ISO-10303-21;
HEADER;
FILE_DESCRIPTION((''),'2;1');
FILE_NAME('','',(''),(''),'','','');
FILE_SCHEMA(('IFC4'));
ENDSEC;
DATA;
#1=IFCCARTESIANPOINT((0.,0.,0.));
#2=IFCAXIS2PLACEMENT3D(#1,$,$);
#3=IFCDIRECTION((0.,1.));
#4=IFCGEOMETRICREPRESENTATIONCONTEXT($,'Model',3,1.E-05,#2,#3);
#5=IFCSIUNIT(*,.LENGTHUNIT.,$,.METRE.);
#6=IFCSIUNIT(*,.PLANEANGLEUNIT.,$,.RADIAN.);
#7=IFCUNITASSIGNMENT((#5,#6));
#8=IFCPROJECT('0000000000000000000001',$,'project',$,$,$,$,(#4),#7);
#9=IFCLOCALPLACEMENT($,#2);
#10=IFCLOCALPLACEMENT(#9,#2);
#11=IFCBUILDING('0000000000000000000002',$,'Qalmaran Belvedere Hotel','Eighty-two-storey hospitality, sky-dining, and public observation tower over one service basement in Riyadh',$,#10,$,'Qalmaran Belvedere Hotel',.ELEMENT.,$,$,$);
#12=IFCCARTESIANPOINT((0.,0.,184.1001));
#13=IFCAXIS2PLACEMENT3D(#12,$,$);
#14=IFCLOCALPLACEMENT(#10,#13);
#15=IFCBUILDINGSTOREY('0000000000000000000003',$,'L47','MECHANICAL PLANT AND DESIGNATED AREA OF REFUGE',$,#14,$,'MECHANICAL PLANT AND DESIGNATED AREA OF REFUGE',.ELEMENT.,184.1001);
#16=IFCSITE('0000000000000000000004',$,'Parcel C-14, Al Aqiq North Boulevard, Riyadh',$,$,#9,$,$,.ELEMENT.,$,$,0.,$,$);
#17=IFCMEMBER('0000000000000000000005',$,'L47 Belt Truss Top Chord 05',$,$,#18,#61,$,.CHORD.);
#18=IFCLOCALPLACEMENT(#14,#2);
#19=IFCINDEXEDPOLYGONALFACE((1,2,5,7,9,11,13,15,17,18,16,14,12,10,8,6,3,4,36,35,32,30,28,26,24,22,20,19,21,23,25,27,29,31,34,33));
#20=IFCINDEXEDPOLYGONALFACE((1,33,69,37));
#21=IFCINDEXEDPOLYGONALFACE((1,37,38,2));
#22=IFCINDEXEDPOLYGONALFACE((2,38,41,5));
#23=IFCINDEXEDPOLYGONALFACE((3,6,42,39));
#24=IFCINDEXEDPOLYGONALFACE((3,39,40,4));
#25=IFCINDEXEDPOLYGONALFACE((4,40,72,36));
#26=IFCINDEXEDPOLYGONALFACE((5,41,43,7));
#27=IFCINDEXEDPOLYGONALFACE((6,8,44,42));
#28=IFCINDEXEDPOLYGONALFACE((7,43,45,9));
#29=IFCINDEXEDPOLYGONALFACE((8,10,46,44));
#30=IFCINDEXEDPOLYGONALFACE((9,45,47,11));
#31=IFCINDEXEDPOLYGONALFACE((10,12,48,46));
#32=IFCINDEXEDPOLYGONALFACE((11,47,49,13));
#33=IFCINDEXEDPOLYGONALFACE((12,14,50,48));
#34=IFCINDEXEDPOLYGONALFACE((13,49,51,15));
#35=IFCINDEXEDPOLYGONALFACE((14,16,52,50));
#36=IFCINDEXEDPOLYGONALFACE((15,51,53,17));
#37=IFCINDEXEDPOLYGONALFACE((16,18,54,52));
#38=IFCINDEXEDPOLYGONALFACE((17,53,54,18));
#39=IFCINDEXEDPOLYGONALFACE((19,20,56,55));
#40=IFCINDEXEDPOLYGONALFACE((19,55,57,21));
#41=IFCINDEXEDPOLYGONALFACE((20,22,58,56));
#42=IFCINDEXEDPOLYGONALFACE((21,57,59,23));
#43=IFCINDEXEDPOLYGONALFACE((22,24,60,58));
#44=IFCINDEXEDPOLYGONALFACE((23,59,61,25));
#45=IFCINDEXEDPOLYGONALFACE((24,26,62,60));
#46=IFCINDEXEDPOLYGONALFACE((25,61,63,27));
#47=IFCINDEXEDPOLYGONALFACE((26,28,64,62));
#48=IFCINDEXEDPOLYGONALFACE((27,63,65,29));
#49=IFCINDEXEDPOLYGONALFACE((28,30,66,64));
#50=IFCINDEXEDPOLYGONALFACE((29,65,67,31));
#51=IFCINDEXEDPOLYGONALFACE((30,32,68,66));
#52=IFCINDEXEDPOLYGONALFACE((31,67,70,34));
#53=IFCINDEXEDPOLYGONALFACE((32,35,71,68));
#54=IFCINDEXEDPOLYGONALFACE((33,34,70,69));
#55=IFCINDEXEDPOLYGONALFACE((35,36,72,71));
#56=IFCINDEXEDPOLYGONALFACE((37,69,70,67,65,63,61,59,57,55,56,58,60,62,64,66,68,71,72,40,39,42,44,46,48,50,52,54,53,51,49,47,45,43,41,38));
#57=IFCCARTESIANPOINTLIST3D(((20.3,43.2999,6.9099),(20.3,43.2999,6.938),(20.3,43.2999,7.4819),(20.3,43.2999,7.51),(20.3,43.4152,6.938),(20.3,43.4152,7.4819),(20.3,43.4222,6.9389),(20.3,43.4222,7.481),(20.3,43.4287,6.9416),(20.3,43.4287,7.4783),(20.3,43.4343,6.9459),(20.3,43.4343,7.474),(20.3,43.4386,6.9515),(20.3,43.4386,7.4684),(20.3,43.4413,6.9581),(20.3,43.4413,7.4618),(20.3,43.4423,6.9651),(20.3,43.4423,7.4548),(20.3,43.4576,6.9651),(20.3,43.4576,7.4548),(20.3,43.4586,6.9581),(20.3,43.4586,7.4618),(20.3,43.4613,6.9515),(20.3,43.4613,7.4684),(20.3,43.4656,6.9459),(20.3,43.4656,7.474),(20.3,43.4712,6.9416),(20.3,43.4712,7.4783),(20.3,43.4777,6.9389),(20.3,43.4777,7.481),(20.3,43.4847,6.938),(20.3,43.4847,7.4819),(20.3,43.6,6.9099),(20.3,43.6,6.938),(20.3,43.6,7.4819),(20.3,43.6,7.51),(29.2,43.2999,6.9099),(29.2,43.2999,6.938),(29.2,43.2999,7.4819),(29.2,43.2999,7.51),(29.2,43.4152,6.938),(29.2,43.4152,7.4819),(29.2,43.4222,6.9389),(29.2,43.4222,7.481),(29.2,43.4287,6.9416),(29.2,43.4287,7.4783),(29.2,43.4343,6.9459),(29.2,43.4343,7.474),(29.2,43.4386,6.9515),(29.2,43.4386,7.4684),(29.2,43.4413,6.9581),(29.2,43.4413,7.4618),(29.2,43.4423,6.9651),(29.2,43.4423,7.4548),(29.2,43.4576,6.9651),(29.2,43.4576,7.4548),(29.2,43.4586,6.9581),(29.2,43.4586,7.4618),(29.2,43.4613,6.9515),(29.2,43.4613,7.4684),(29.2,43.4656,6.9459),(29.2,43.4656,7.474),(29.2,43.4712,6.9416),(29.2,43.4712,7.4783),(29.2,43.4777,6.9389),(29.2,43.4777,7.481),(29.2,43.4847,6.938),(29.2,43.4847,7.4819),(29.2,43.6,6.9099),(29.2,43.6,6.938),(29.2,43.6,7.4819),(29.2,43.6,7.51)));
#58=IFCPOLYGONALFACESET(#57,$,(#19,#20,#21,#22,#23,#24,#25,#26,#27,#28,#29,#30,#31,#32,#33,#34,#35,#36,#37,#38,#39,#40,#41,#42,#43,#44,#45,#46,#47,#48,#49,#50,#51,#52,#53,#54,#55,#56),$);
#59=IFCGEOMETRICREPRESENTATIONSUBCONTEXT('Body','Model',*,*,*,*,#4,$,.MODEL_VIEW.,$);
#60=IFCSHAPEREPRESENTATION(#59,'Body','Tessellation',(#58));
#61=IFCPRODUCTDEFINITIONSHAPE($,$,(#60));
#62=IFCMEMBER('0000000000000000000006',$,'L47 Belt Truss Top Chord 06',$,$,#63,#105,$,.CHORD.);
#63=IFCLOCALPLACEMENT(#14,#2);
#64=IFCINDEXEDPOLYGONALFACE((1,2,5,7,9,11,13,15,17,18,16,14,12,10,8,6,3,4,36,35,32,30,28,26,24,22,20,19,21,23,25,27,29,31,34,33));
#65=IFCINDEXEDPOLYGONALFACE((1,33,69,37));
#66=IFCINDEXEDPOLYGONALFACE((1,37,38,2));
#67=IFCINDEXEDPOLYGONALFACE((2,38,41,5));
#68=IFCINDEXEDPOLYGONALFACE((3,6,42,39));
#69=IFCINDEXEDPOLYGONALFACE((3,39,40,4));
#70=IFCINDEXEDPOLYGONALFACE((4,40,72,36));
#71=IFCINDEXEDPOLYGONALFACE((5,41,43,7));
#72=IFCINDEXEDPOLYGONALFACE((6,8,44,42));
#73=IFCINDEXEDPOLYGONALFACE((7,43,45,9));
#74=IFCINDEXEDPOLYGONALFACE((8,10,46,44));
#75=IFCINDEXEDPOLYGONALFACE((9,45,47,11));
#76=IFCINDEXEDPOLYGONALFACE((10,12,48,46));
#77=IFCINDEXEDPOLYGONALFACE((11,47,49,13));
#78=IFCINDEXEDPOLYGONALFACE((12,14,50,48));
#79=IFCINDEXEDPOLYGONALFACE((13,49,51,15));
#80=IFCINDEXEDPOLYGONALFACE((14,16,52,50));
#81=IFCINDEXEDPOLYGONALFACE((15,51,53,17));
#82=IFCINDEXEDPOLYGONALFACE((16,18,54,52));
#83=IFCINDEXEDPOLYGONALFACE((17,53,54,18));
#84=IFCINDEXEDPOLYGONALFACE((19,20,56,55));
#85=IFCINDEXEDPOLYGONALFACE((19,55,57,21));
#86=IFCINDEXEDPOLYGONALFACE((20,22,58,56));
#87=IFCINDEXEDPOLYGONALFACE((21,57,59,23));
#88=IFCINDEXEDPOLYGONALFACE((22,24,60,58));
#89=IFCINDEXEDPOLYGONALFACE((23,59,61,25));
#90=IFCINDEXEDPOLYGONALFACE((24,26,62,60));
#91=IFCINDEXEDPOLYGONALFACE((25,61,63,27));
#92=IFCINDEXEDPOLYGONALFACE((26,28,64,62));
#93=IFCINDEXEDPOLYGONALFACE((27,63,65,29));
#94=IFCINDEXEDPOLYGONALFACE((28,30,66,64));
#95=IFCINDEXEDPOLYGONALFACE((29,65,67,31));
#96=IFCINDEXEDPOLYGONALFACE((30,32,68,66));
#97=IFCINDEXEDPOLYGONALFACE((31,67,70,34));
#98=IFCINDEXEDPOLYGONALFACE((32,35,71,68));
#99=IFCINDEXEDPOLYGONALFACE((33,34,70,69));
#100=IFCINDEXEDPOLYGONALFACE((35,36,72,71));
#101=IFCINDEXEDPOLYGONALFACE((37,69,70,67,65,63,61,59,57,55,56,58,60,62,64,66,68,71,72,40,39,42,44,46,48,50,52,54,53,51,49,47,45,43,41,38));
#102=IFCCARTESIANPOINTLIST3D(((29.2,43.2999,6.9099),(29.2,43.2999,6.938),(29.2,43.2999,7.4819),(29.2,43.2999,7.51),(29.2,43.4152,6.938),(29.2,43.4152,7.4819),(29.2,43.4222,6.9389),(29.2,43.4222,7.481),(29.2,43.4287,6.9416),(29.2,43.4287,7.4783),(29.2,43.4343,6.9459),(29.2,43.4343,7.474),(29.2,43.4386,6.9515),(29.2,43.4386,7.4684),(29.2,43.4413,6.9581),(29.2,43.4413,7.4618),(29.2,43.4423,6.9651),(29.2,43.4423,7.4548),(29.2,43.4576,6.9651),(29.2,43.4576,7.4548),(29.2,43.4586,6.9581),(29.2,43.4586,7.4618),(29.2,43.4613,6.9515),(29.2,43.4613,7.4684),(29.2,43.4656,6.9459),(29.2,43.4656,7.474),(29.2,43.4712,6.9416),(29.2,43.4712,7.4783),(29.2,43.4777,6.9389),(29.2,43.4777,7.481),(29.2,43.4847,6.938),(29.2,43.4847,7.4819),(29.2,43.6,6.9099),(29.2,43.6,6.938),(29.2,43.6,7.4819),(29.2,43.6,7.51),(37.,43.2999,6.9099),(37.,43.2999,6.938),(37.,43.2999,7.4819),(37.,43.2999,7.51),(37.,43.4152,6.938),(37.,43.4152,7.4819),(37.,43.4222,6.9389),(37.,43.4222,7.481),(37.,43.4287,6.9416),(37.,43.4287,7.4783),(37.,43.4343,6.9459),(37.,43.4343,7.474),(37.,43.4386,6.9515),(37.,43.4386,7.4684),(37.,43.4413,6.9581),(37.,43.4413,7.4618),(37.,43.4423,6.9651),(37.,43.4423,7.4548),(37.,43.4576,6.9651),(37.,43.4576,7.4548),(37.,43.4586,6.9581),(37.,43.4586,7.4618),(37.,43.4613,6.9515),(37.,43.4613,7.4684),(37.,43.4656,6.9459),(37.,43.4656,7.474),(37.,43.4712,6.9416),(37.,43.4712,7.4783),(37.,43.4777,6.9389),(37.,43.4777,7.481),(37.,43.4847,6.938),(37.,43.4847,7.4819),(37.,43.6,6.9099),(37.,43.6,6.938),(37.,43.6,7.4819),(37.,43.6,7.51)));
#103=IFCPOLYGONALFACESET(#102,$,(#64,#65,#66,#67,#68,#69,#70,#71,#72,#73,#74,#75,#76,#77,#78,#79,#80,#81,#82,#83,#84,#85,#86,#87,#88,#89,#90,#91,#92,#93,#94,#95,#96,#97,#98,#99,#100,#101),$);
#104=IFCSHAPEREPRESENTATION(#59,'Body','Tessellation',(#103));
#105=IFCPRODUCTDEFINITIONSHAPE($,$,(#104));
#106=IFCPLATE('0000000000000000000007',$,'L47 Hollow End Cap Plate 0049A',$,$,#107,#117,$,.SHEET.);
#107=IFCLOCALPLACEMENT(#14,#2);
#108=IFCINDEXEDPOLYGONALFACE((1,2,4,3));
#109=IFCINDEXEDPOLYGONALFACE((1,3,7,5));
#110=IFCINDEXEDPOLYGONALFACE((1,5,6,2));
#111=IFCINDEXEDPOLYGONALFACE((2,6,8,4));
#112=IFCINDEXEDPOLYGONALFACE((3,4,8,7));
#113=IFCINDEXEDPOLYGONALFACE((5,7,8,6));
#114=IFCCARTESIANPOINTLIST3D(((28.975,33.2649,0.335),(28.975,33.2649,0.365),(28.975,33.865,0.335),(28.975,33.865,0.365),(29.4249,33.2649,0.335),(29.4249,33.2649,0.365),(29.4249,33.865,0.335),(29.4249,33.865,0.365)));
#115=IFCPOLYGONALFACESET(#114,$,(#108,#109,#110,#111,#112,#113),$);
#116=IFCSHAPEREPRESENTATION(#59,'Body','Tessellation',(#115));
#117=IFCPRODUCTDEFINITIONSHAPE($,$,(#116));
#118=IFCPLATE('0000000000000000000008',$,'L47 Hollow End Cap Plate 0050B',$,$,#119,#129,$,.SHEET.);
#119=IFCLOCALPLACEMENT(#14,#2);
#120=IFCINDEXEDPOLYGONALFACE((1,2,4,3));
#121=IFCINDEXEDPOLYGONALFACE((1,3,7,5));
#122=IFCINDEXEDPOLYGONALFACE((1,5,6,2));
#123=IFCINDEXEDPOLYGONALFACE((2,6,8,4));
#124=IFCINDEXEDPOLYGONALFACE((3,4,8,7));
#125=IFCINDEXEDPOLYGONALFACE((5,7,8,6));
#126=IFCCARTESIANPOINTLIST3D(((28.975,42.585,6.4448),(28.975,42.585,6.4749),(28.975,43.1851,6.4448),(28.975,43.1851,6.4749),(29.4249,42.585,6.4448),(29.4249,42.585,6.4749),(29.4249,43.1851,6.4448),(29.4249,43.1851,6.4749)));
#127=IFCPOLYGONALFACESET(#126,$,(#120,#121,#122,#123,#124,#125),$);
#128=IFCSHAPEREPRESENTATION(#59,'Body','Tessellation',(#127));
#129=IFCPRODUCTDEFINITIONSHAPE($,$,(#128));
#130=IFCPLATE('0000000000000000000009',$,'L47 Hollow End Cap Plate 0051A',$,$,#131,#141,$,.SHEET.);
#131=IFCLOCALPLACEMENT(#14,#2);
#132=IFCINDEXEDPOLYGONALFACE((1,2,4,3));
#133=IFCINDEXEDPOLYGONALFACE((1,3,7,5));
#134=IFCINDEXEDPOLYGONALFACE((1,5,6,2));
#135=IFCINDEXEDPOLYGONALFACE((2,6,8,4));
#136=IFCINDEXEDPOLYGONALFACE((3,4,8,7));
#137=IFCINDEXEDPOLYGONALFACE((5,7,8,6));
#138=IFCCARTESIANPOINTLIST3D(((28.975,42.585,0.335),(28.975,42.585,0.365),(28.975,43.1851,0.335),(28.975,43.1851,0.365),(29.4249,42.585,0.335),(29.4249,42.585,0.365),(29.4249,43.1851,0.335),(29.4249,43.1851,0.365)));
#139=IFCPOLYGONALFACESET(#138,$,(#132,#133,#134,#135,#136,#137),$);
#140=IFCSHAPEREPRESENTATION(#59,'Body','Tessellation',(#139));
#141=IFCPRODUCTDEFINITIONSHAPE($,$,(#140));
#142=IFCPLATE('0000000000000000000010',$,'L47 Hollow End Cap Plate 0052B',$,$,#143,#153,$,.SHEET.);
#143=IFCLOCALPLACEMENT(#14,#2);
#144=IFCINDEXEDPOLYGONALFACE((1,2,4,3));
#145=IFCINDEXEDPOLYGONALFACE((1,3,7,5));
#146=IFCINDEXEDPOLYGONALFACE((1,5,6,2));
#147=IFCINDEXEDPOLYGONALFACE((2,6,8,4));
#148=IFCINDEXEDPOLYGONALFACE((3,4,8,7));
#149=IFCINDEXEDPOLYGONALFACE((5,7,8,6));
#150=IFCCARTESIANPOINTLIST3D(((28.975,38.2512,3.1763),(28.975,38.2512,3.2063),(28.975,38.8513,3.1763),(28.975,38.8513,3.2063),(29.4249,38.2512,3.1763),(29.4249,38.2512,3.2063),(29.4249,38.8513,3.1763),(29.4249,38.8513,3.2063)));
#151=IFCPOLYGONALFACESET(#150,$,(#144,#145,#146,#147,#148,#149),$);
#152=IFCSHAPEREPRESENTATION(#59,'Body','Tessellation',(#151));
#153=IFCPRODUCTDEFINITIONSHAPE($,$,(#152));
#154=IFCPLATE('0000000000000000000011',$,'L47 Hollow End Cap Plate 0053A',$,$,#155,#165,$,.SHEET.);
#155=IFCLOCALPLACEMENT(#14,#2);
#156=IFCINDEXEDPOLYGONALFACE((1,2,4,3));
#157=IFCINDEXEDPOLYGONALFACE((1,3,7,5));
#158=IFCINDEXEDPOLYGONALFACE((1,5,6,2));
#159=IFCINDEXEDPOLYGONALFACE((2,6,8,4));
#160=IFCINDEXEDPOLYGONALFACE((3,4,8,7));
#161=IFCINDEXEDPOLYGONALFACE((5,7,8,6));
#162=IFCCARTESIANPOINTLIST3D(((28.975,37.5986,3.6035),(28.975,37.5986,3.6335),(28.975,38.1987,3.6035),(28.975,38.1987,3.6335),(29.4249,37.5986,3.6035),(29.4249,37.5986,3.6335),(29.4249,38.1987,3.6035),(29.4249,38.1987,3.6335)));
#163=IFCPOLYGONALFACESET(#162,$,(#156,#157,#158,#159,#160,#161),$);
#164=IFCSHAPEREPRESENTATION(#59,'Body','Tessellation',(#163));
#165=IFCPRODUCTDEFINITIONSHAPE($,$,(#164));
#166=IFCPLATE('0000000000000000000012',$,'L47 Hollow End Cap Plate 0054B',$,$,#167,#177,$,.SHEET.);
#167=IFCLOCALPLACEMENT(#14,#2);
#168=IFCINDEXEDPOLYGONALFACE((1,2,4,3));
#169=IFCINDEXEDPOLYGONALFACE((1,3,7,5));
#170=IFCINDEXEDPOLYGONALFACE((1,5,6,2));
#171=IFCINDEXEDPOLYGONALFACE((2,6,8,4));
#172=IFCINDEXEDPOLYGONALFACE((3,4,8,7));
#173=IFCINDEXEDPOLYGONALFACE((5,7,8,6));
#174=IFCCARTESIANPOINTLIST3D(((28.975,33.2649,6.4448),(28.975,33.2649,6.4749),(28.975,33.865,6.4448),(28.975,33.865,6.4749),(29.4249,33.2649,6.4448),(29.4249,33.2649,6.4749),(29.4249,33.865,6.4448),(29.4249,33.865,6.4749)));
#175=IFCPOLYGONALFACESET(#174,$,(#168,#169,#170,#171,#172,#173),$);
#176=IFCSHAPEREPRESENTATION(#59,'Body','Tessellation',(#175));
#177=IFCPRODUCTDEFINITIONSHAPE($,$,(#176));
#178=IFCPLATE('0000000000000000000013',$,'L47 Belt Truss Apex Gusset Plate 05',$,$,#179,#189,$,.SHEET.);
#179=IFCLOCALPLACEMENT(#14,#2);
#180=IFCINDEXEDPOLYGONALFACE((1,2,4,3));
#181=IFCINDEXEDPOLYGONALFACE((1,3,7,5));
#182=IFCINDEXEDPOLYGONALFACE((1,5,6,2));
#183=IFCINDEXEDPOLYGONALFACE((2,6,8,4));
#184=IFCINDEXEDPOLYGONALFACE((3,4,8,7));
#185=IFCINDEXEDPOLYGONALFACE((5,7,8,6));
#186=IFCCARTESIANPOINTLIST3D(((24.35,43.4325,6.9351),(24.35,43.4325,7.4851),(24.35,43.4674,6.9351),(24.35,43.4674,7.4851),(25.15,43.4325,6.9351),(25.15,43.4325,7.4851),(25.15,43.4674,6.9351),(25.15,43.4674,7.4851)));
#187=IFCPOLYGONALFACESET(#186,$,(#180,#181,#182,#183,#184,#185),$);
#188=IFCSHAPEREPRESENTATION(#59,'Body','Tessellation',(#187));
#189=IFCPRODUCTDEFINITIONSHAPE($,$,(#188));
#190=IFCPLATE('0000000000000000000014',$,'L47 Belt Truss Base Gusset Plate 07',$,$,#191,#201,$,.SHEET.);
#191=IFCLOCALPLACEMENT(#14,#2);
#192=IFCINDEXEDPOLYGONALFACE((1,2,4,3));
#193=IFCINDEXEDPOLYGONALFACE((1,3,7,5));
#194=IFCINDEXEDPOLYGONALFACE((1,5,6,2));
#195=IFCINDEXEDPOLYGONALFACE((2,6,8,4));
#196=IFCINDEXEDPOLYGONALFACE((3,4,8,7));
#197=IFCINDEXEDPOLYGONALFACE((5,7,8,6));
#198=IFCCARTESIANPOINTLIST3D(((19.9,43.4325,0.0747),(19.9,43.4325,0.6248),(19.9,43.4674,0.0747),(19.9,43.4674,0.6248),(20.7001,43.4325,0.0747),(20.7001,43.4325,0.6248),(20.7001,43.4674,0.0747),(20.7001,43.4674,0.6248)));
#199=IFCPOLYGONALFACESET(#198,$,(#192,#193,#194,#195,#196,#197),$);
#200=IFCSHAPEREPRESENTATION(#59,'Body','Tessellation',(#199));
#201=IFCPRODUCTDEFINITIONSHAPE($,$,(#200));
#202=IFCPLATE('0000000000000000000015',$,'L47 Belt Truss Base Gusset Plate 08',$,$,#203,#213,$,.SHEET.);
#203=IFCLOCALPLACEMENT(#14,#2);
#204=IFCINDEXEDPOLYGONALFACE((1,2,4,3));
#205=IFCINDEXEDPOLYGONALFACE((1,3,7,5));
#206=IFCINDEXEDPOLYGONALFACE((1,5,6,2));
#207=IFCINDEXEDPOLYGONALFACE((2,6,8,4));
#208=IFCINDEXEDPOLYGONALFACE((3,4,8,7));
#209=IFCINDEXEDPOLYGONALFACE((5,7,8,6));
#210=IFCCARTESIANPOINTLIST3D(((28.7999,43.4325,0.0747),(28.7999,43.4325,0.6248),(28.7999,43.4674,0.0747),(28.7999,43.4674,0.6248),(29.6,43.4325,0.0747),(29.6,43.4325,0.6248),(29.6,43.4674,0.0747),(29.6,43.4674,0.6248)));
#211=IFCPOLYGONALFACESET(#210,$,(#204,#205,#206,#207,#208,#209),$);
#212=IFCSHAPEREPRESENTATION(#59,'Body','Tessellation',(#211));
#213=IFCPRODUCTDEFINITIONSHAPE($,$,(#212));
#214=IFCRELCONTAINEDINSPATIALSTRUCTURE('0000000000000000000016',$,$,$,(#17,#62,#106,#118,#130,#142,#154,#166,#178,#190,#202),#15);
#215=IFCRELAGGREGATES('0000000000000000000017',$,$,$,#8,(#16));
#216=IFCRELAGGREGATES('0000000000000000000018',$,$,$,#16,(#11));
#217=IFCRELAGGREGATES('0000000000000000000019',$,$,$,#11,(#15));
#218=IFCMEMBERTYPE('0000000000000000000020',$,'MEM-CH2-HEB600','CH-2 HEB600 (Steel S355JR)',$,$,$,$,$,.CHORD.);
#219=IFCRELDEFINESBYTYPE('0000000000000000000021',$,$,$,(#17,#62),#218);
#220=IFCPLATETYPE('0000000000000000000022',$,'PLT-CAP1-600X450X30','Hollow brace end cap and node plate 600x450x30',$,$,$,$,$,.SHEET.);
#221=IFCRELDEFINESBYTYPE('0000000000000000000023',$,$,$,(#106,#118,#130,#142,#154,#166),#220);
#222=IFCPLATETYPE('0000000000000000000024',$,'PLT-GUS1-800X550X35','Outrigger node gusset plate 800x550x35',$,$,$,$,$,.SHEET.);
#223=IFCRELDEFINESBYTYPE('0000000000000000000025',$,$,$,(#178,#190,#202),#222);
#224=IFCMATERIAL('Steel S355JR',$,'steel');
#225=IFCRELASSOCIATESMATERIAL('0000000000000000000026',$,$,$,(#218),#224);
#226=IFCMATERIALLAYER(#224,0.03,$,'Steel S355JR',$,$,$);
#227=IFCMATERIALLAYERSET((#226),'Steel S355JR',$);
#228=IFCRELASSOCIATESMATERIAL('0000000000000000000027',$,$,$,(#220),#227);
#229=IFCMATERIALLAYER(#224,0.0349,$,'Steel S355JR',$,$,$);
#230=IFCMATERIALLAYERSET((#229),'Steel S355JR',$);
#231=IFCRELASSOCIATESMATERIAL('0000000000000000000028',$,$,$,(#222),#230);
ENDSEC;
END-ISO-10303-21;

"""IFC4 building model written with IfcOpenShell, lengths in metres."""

from ifc_helpers import new_model, si_unit, direction, frame, origin, origin_2d, place, context, subcontext, project, spatial, rectangle, i_section, extrude, material, layer, layer_set, material_profile, profile_set, type_object, element, save


model = new_model("IFC4")

# Units and contexts
model_context = context("Model", 3, precision=1e-05, world=origin(), true_north=direction((0.0, 1.0)))
body_context = subcontext(model_context, "Body", "Model", "MODEL_VIEW")
ifc_project = project(units=[si_unit("LENGTHUNIT", "METRE"), si_unit("PLANEANGLEUNIT", "RADIAN")], contexts=[model_context])

# Site, building, storey
site_placement = place(None, origin())
site = spatial("IfcSite", under=ifc_project, at=site_placement, Name="Parcel C-14, Al Aqiq North Boulevard, Riyadh", CompositionType="ELEMENT", RefElevation=0.0)
building_placement = place(site_placement, origin())
building = spatial("IfcBuilding", under=site, at=building_placement, Name="Qalmaran Belvedere Hotel", Description="Eighty-two-storey hospitality, sky-dining, and public observation tower over one service basement in Riyadh", LongName="Qalmaran Belvedere Hotel", CompositionType="ELEMENT")
storey_placement = place(building_placement, frame((0.0, 0.0, 184.1001)))
storey = spatial("IfcBuildingStorey", under=building, at=storey_placement, Name="L47", Description="MECHANICAL PLANT AND DESIGNATED AREA OF REFUGE", LongName="MECHANICAL PLANT AND DESIGNATED AREA OF REFUGE", CompositionType="ELEMENT", Elevation=184.1001)

# Shared definitions
ifc_material_1 = material(Name="Steel S355JR", Category="steel")

# Members
ifc_material_profile_1 = material_profile(ifc_material_1, i_section(OverallWidth=0.3, OverallDepth=0.6001, WebThickness=0.0154, FlangeThickness=0.0281, FilletRadius=0.0271, at=origin_2d()), Name="HEB600")
ifc_profile_set_1 = profile_set([ifc_material_profile_1], Name="Steel S355JR")
member_type_1 = type_object("IfcMemberType", Name="MEM-CH2-HEB600", Description="CH-2 HEB600 (Steel S355JR)", PredefinedType="CHORD", material=ifc_profile_set_1)
member_1_placement = place(storey_placement, frame((20.3, 43.45, 7.21), z_axis=(1.0, 0.0, 0.0), x_axis=(0.0, 1.0, 0.0)))
element("IfcMember", 1, at=member_1_placement, inside=storey, type_object=member_type_1, Name="L47 Belt Truss Top Chord 05", PredefinedType="CHORD", context=body_context, shape_type="SweptSolid", body=[
    extrude(i_section(OverallWidth=0.3, OverallDepth=0.6001, WebThickness=0.0154, FlangeThickness=0.0281, FilletRadius=0.0271, at=origin_2d()), origin(), (0.0, 0.0, 1.0), 8.8999),
])
member_2_placement = place(storey_placement, frame((29.2, 43.45, 7.21), z_axis=(1.0, 0.0, 0.0), x_axis=(0.0, 1.0, 0.0)))
element("IfcMember", 2, at=member_2_placement, inside=storey, type_object=member_type_1, Name="L47 Belt Truss Top Chord 06", PredefinedType="CHORD", context=body_context, shape_type="SweptSolid", body=[
    extrude(i_section(OverallWidth=0.3, OverallDepth=0.6001, WebThickness=0.0154, FlangeThickness=0.0281, FilletRadius=0.0271, at=origin_2d()), origin(), (0.0, 0.0, 1.0), 7.8),
])

# Plates
ifc_layer_1 = layer(ifc_material_1, 0.03, Name="Steel S355JR")
ifc_layer_set_1 = layer_set([ifc_layer_1], Name="Steel S355JR")
plate_type_1 = type_object("IfcPlateType", Name="PLT-CAP1-600X450X30", Description="Hollow brace end cap and node plate 600x450x30", PredefinedType="SHEET", material=ifc_layer_set_1)
for number, where, z_axis, x_axis, name in (
    (3, (29.2, 33.5649, 0.335), (0.0, 0.0, 1.0), (0.0, 1.0, 0.0), "L47 Hollow End Cap Plate 0049A"),
    (4, (29.2, 42.885, 6.4448), (0.0, 0.0, 1.0), (0.0, 1.0, 0.0), "L47 Hollow End Cap Plate 0050B"),
    (5, (29.2, 42.885, 0.335), (0.0, 0.0, 1.0), (0.0, -1.0, 0.0), "L47 Hollow End Cap Plate 0051A"),
    (6, (29.2, 38.5513, 3.1763), (0.0, 0.0, 1.0), (0.0, -1.0, 0.0), "L47 Hollow End Cap Plate 0052B"),
    (7, (29.2, 37.8987, 3.6035), (0.0, 0.0, 1.0), (0.0, -1.0, 0.0), "L47 Hollow End Cap Plate 0053A"),
    (8, (29.2, 33.5649, 6.4448), (0.0, 0.0, 1.0), (0.0, -1.0, 0.0), "L47 Hollow End Cap Plate 0054B"),
):
    element("IfcPlate", number, at=place(storey_placement, frame(where, z_axis=z_axis, x_axis=x_axis)), inside=storey, type_object=plate_type_1, Name=name, PredefinedType="SHEET", context=body_context, shape_type="SweptSolid", body=[
        extrude(rectangle(XDim=0.6001, YDim=0.45, at=origin_2d()), origin(), (0.0, 0.0, 1.0), 0.03),
    ])
ifc_layer_2 = layer(ifc_material_1, 0.0349, Name="Steel S355JR")
ifc_layer_set_2 = layer_set([ifc_layer_2], Name="Steel S355JR")
plate_type_2 = type_object("IfcPlateType", Name="PLT-GUS1-800X550X35", Description="Outrigger node gusset plate 800x550x35", PredefinedType="SHEET", material=ifc_layer_set_2)
for number, where, z_axis, x_axis, name in (
    (9, (24.75, 43.45, 6.9351), (0.0, 0.0, 1.0), (1.0, 0.0, 0.0), "L47 Belt Truss Apex Gusset Plate 05"),
    (10, (20.3, 43.45, 0.0747), (0.0, 0.0, 1.0), (1.0, 0.0, 0.0), "L47 Belt Truss Base Gusset Plate 07"),
    (11, (29.2, 43.45, 0.0747), (0.0, 0.0, 1.0), (1.0, 0.0, 0.0), "L47 Belt Truss Base Gusset Plate 08"),
):
    element("IfcPlate", number, at=place(storey_placement, frame(where, z_axis=z_axis, x_axis=x_axis)), inside=storey, type_object=plate_type_2, Name=name, PredefinedType="SHEET", context=body_context, shape_type="SweptSolid", body=[
        extrude(rectangle(XDim=0.8, YDim=0.0349, at=origin_2d()), origin(), (0.0, 0.0, 1.0), 0.55),
    ])

save(model, "model.ifc")
